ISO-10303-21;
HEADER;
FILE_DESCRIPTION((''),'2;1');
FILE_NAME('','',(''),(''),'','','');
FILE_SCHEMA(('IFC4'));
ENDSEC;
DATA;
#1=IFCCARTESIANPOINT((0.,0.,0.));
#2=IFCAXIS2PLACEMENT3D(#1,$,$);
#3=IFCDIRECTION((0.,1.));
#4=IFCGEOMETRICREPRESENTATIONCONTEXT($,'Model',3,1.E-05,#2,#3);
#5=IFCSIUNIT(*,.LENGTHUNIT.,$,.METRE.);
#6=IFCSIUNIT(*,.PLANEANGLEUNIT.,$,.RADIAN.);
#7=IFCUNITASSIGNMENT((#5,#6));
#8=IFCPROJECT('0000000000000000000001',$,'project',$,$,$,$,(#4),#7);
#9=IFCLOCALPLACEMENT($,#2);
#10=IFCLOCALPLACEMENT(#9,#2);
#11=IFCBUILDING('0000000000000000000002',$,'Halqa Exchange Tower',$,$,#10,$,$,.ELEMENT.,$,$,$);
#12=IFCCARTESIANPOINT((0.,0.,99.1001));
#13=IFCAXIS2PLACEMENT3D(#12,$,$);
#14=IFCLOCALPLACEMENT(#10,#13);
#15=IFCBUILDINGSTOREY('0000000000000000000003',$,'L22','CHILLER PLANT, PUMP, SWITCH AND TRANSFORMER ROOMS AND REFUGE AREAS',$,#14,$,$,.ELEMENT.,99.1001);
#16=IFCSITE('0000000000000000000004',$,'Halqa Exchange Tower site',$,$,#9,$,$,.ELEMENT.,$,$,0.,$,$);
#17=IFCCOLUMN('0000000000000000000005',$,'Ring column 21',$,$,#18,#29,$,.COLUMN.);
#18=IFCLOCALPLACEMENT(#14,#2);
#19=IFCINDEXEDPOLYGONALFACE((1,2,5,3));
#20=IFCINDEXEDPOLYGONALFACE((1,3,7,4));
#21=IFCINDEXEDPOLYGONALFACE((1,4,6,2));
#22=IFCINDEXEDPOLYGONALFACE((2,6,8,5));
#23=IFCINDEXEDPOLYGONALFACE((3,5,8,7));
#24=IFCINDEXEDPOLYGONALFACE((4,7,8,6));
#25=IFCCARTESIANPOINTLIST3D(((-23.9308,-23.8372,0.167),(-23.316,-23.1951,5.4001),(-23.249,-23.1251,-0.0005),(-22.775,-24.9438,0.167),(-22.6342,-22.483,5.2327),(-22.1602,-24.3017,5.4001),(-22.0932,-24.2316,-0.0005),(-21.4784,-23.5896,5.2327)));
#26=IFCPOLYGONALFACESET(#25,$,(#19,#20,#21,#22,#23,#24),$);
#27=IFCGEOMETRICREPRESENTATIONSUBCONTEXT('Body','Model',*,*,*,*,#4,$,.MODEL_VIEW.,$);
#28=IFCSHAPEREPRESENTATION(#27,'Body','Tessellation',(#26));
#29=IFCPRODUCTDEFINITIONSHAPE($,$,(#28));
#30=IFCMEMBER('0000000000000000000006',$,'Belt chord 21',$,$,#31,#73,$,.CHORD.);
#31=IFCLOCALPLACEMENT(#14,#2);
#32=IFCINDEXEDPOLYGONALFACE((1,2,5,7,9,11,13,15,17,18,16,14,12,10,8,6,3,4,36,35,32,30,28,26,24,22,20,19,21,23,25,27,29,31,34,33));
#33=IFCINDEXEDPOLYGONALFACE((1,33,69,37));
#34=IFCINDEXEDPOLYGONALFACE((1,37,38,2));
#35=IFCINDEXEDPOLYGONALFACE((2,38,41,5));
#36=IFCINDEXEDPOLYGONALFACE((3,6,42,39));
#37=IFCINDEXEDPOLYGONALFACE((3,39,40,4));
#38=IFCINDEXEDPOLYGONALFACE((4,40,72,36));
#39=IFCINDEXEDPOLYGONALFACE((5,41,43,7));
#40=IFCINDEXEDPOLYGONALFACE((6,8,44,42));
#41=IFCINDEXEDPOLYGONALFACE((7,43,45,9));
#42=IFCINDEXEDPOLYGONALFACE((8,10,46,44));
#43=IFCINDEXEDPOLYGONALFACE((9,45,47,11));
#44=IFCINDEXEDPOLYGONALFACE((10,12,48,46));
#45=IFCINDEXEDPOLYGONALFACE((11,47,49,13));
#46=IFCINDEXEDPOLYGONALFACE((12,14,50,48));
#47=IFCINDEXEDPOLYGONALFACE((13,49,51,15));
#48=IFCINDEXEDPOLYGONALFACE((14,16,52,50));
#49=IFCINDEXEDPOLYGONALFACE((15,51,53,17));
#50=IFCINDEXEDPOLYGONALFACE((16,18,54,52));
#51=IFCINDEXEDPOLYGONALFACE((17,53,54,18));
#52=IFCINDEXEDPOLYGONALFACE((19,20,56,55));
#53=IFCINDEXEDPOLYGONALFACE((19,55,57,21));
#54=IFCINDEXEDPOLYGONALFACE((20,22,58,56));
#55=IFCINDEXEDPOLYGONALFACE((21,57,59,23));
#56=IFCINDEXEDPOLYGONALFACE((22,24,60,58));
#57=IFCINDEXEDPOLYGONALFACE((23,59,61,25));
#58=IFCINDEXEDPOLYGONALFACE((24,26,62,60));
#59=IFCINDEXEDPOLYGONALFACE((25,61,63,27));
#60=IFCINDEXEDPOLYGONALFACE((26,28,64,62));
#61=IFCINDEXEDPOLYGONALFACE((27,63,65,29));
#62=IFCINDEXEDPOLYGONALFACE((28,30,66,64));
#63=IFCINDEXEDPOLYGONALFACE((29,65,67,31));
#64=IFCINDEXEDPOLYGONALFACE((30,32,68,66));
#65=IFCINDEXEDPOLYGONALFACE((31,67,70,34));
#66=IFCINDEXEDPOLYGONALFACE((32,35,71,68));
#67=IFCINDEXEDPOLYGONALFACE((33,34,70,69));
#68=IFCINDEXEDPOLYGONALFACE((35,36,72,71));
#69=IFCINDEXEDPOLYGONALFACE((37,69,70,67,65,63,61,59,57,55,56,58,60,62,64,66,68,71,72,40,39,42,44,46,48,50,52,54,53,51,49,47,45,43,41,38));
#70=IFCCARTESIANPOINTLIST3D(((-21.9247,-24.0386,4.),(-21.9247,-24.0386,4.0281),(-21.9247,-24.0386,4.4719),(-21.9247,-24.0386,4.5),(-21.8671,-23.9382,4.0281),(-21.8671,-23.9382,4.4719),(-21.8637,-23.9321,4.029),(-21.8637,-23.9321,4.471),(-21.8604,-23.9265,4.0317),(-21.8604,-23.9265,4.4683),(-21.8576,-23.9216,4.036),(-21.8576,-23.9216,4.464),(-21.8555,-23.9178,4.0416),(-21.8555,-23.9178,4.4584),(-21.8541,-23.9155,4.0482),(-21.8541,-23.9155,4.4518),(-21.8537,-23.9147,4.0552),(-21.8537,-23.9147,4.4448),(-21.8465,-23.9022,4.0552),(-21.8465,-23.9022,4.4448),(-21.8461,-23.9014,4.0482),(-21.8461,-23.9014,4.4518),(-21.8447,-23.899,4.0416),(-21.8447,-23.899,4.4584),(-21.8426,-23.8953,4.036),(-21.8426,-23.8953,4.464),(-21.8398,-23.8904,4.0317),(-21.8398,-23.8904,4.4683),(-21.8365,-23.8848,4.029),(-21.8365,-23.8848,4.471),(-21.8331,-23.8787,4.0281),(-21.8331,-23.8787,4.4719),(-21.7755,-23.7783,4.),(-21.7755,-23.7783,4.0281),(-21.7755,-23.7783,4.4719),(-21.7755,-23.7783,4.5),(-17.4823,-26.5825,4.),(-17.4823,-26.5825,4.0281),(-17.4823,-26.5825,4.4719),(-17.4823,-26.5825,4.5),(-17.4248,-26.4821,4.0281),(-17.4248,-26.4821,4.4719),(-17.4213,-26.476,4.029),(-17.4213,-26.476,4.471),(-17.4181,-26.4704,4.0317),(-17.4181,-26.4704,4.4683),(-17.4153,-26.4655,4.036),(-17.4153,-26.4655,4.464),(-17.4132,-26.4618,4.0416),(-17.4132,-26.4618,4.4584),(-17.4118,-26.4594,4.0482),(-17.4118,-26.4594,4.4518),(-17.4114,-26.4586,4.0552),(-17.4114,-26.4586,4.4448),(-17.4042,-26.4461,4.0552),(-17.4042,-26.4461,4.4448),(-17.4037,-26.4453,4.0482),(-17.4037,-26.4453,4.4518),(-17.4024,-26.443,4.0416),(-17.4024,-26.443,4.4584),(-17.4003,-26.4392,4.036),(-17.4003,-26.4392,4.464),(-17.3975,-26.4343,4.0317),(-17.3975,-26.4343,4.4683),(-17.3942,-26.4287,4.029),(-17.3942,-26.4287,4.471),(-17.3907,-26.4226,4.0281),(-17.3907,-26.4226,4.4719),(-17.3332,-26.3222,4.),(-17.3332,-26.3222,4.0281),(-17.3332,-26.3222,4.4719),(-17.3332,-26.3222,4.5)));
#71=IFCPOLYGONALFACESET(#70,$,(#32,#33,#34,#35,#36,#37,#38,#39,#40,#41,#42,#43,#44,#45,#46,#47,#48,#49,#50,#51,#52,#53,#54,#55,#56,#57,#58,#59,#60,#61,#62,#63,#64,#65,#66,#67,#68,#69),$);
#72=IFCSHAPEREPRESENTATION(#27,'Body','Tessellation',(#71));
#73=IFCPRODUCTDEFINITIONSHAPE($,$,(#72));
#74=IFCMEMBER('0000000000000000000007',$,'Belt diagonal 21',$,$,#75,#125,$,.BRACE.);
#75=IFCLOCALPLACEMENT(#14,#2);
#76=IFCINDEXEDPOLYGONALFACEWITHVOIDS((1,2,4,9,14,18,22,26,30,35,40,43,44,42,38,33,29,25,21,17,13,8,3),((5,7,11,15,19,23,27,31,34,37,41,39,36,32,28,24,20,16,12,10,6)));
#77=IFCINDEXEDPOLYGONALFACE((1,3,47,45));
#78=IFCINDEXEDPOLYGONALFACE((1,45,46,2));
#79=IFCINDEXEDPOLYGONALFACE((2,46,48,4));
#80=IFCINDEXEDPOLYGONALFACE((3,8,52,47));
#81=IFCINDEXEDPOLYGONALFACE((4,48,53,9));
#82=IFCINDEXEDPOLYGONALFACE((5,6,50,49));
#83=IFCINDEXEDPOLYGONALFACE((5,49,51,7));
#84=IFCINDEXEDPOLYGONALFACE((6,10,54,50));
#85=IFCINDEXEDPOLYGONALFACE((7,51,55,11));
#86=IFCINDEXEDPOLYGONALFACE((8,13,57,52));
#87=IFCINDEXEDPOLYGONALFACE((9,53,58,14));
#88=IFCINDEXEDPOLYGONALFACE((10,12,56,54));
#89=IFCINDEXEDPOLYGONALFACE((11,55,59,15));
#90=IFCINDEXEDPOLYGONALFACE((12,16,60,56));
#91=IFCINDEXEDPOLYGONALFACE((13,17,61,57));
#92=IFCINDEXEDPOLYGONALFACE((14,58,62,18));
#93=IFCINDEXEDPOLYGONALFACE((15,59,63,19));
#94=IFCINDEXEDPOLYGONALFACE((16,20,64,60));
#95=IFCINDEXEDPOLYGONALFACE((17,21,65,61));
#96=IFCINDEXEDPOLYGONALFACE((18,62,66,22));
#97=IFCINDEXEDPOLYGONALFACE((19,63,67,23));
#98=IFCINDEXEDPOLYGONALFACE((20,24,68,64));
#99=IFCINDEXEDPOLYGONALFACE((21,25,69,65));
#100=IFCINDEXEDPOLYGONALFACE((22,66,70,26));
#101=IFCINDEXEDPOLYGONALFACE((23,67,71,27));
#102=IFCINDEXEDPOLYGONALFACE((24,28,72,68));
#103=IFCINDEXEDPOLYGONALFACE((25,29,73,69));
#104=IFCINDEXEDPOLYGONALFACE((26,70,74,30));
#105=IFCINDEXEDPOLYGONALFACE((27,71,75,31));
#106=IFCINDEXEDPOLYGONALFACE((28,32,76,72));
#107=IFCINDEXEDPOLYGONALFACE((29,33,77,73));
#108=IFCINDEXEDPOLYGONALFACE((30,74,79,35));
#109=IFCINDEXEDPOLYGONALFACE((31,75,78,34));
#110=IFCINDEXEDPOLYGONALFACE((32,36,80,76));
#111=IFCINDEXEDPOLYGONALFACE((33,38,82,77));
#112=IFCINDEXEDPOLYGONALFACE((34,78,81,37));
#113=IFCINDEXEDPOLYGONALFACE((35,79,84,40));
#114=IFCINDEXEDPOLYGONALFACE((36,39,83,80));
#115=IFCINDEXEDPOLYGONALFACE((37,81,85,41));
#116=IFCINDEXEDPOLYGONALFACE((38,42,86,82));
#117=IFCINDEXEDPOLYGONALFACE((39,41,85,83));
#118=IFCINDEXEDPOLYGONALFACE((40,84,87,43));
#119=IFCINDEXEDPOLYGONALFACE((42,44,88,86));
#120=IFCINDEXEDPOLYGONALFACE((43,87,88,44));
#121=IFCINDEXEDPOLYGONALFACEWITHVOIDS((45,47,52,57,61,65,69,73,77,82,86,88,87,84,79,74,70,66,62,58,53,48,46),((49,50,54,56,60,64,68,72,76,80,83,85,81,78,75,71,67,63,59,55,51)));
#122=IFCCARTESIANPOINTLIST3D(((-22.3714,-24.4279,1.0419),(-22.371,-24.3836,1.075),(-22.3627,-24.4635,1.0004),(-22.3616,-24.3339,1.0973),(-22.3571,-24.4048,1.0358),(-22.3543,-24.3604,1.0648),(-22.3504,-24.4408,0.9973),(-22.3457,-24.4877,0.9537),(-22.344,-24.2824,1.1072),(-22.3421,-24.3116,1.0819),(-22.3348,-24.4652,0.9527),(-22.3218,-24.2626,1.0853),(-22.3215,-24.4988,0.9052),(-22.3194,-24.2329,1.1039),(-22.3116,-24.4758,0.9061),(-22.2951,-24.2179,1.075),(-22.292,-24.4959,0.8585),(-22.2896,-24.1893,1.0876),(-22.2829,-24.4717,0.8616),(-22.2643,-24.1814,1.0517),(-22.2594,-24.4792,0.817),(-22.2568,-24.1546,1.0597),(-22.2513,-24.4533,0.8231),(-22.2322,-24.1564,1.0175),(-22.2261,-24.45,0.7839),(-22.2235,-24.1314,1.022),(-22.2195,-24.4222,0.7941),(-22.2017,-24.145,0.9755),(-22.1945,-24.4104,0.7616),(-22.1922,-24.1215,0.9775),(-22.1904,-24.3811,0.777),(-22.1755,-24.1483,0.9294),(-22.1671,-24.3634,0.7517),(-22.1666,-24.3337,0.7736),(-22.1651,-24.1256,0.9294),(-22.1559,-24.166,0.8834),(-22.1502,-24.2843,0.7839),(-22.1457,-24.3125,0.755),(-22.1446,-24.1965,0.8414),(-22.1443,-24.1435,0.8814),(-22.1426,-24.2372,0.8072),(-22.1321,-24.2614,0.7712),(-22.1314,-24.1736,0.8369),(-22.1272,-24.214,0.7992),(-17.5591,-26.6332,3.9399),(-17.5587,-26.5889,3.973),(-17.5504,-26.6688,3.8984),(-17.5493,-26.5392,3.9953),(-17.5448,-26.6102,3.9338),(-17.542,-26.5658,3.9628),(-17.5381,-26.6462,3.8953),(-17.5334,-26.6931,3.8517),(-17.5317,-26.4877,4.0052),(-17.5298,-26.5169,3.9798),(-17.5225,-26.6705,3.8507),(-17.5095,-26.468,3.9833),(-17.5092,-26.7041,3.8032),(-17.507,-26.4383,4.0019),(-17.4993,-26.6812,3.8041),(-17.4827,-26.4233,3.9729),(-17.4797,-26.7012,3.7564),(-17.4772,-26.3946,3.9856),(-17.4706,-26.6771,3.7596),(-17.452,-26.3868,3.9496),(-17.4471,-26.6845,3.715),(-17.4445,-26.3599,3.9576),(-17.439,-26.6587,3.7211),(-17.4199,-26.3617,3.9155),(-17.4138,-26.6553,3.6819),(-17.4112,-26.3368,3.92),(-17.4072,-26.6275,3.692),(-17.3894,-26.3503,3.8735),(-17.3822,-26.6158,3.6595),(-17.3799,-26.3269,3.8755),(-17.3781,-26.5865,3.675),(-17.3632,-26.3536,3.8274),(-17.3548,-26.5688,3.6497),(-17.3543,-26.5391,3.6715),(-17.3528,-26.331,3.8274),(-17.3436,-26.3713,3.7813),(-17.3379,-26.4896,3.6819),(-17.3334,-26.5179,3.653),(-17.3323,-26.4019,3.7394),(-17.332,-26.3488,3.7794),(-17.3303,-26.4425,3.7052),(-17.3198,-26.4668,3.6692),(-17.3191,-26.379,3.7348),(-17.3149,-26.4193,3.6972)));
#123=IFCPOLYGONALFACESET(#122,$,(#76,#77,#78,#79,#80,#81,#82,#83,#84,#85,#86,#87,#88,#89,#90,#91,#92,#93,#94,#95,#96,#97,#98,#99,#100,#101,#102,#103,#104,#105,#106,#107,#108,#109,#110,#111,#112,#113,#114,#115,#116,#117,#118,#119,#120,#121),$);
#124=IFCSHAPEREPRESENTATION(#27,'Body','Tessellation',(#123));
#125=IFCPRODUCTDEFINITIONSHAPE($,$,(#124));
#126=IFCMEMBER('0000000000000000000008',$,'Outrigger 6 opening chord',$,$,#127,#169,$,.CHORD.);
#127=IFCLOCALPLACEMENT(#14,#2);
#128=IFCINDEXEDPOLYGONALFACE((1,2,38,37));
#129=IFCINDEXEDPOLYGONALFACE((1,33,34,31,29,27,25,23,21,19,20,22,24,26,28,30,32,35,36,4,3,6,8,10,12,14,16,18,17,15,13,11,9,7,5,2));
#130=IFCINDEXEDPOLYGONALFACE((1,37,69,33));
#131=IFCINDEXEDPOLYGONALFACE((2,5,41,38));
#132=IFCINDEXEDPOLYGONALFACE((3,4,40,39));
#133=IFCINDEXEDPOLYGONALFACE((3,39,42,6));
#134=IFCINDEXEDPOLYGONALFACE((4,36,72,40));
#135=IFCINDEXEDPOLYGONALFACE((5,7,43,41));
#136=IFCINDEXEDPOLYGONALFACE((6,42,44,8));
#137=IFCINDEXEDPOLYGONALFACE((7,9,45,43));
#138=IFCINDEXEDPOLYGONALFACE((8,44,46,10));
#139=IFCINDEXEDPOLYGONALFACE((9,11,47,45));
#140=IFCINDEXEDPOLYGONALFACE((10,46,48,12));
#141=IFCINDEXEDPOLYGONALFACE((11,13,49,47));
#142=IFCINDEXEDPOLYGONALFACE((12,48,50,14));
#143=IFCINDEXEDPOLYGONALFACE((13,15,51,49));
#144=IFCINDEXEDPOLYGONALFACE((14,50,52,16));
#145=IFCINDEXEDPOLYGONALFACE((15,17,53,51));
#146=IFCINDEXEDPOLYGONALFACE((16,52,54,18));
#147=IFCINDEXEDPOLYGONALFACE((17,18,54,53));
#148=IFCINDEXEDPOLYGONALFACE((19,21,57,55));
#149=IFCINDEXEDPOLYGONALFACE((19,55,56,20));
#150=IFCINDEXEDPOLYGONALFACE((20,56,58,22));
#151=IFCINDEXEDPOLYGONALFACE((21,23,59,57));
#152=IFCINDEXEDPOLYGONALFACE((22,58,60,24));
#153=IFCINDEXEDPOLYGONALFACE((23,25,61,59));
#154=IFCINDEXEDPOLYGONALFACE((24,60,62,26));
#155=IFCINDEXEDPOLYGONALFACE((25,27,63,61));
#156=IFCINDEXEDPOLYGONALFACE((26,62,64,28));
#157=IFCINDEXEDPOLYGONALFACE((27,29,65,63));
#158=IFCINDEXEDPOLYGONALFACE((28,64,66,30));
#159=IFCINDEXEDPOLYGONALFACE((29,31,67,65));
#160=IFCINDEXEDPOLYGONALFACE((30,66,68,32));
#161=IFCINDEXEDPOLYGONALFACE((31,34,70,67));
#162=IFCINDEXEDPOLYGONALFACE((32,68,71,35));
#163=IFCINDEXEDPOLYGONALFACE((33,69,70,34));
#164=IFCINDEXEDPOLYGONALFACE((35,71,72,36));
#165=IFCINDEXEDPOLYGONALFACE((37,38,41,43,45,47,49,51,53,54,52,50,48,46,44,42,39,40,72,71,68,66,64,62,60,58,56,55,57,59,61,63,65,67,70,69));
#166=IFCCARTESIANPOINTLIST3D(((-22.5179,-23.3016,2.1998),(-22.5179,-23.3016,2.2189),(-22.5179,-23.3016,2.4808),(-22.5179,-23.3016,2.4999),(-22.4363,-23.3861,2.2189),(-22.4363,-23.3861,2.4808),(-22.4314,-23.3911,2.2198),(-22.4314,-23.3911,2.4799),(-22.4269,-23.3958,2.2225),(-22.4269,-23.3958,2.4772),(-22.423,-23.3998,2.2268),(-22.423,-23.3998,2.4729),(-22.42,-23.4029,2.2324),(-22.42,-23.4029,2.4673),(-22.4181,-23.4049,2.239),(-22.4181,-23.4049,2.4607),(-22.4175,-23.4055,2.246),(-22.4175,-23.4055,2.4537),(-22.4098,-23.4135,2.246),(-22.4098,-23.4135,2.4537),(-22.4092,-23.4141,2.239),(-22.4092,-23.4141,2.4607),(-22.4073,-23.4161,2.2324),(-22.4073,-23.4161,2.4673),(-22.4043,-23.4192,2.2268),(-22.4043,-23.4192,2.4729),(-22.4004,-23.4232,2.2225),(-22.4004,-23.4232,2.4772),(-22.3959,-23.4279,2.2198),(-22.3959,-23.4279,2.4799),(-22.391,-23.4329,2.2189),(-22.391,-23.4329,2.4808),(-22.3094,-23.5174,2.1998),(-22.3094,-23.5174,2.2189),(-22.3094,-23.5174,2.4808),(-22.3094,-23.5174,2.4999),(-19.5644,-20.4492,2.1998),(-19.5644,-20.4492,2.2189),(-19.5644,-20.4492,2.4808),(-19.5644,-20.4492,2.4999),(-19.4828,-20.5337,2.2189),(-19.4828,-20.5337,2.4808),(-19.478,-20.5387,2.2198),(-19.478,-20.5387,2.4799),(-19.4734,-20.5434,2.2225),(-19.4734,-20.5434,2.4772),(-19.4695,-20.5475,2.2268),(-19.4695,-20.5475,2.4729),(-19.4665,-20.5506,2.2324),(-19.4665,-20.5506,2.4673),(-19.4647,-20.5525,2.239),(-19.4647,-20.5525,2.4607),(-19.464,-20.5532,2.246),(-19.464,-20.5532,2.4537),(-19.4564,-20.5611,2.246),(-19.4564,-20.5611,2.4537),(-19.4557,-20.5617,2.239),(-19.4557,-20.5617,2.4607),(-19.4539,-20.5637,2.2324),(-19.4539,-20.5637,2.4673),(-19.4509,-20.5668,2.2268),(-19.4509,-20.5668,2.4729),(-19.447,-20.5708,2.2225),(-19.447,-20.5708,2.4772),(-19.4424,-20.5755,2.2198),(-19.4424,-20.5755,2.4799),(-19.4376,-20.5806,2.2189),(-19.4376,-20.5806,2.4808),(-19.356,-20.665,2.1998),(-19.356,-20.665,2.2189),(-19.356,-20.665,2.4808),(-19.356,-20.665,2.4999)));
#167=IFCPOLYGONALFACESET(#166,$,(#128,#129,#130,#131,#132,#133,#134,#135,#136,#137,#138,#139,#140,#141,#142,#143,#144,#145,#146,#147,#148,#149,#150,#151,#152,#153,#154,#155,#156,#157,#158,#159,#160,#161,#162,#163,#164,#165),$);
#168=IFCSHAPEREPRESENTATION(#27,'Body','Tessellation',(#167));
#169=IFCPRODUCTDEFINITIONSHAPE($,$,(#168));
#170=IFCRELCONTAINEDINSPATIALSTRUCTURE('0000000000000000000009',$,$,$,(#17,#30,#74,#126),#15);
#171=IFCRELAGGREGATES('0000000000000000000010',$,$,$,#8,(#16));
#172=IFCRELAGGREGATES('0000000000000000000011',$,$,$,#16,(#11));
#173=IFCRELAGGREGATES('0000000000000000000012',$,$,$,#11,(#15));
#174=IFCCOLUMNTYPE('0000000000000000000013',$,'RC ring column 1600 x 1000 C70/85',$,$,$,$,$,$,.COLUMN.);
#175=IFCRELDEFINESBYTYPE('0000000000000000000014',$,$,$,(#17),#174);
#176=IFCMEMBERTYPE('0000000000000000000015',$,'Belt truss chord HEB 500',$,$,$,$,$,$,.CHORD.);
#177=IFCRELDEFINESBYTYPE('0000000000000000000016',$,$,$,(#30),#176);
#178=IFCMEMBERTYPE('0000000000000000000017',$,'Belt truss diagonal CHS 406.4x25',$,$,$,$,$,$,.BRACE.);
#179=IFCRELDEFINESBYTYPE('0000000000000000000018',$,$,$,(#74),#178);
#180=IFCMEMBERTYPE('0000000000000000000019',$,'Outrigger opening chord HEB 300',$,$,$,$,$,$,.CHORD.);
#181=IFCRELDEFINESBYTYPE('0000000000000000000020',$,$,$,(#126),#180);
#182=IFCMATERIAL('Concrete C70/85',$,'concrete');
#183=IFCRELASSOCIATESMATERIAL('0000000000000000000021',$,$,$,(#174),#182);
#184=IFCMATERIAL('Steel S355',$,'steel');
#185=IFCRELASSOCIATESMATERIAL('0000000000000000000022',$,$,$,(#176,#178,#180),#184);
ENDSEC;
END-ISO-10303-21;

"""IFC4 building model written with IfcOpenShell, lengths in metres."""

from ifc_helpers import new_model, si_unit, direction, frame, origin, origin_2d, place, context, subcontext, project, spatial, rectangle, hollow_circle, i_section, extrude, material, material_profile, profile_set, type_object, element, save


model = new_model("IFC4")

# Units and contexts
model_context = context("Model", 3, precision=1e-05, world=origin(), true_north=direction((0.0, 1.0)))
body_context = subcontext(model_context, "Body", "Model", "MODEL_VIEW")
ifc_project = project(units=[si_unit("LENGTHUNIT", "METRE"), si_unit("PLANEANGLEUNIT", "RADIAN")], contexts=[model_context])

# Site, building, storey
site_placement = place(None, origin())
site = spatial("IfcSite", under=ifc_project, at=site_placement, Name="Halqa Exchange Tower site", CompositionType="ELEMENT", RefElevation=0.0)
building_placement = place(site_placement, origin())
building = spatial("IfcBuilding", under=site, at=building_placement, Name="Halqa Exchange Tower", CompositionType="ELEMENT")
storey_placement = place(building_placement, frame((0.0, 0.0, 99.1001)))
storey = spatial("IfcBuildingStorey", under=building, at=storey_placement, Name="L22", Description="CHILLER PLANT, PUMP, SWITCH AND TRANSFORMER ROOMS AND REFUGE AREAS", CompositionType="ELEMENT", Elevation=99.1001)

# Column
ifc_material_1 = material(Name="Concrete C70/85", Category="concrete")
ifc_material_profile_1 = material_profile(ifc_material_1, rectangle(XDim=1.6001, YDim=1.0, at=origin_2d()), Name="1600 x 1000")
ifc_profile_set_1 = profile_set([ifc_material_profile_1], Name="Concrete C70/85")
column_type = type_object("IfcColumnType", Name="RC ring column 1600 x 1000 C70/85", PredefinedType="COLUMN", material=ifc_profile_set_1)
column_placement = place(storey_placement, frame((-23.012, -24.0344, 0.0833), z_axis=(0.115812, 0.120964, 0.985878), x_axis=(-0.72232, 0.691559, 0.0)))
element("IfcColumn", 1, at=column_placement, inside=storey, type_object=column_type, Name="Ring column 21", PredefinedType="COLUMN", context=body_context, shape_type="SweptSolid", body=[
    extrude(rectangle(XDim=1.6001, YDim=1.0, at=origin_2d()), origin(), (0.0, 0.0, 1.0), 5.3081),
])

# Members
ifc_material_2 = material(Name="Steel S355", Category="steel")
ifc_material_profile_2 = material_profile(ifc_material_2, i_section(OverallWidth=0.3, OverallDepth=0.5, WebThickness=0.0144, FlangeThickness=0.0281, FilletRadius=0.0271, at=origin_2d()), Name="HEB 500")
ifc_profile_set_2 = profile_set([ifc_material_profile_2], Name="Steel S355")
member_type_1 = type_object("IfcMemberType", Name="Belt truss chord HEB 500", PredefinedType="CHORD", material=ifc_profile_set_2)
member_1_placement = place(storey_placement, frame((-21.8501, -23.9084, 4.25), z_axis=(0.867785, -0.49694, 0.0), x_axis=(0.49694, 0.867785, 0.0)))
element("IfcMember", 2, at=member_1_placement, inside=storey, type_object=member_type_1, Name="Belt chord 21", PredefinedType="CHORD", context=body_context, shape_type="SweptSolid", body=[
    extrude(i_section(OverallWidth=0.3, OverallDepth=0.5, WebThickness=0.0144, FlangeThickness=0.0281, FilletRadius=0.0271, at=origin_2d()), origin(), (0.0, 0.0, 1.0), 5.1191),
])
ifc_material_profile_3 = material_profile(ifc_material_2, hollow_circle(Radius=0.2031, WallThickness=0.0249, at=origin_2d()), Name="CHS 406.4x25")
ifc_profile_set_3 = profile_set([ifc_material_profile_3], Name="Steel S355")
member_type_2 = type_object("IfcMemberType", Name="Belt truss diagonal CHS 406.4x25", PredefinedType="BRACE", material=ifc_profile_set_3)
member_2_placement = place(storey_placement, frame((-22.2498, -24.3103, 0.9294), z_axis=(0.797412, -0.365431, 0.480203), x_axis=(0.416609, 0.909086, 0.0)))
element("IfcMember", 3, at=member_2_placement, inside=storey, type_object=member_type_2, Name="Belt diagonal 21", PredefinedType="BRACE", context=body_context, shape_type="SweptSolid", body=[
    extrude(hollow_circle(Radius=0.2031, WallThickness=0.0249, at=origin_2d()), origin(), (0.0, 0.0, 1.0), 6.0349),
])
ifc_material_profile_4 = material_profile(ifc_material_2, i_section(OverallWidth=0.3, OverallDepth=0.3, WebThickness=0.011, FlangeThickness=0.019, FilletRadius=0.0271, at=origin_2d()), Name="HEB 300")
ifc_profile_set_4 = profile_set([ifc_material_profile_4], Name="Steel S355")
member_type_3 = type_object("IfcMemberType", Name="Outrigger opening chord HEB 300", PredefinedType="CHORD", material=ifc_profile_set_4)
member_3_placement = place(storey_placement, frame((-19.4602, -20.5571, 2.3499), z_axis=(-0.719308, -0.694691, 0.0), x_axis=(0.694691, -0.719308, 0.0)))
element("IfcMember", 4, at=member_3_placement, inside=storey, type_object=member_type_3, Name="Outrigger 6 opening chord", PredefinedType="CHORD", context=body_context, shape_type="SweptSolid", body=[
    extrude(i_section(OverallWidth=0.3, OverallDepth=0.3, WebThickness=0.011, FlangeThickness=0.019, FilletRadius=0.0271, at=origin_2d()), origin(), (0.0, 0.0, 1.0), 4.106),
])

save(model, "model.ifc")
